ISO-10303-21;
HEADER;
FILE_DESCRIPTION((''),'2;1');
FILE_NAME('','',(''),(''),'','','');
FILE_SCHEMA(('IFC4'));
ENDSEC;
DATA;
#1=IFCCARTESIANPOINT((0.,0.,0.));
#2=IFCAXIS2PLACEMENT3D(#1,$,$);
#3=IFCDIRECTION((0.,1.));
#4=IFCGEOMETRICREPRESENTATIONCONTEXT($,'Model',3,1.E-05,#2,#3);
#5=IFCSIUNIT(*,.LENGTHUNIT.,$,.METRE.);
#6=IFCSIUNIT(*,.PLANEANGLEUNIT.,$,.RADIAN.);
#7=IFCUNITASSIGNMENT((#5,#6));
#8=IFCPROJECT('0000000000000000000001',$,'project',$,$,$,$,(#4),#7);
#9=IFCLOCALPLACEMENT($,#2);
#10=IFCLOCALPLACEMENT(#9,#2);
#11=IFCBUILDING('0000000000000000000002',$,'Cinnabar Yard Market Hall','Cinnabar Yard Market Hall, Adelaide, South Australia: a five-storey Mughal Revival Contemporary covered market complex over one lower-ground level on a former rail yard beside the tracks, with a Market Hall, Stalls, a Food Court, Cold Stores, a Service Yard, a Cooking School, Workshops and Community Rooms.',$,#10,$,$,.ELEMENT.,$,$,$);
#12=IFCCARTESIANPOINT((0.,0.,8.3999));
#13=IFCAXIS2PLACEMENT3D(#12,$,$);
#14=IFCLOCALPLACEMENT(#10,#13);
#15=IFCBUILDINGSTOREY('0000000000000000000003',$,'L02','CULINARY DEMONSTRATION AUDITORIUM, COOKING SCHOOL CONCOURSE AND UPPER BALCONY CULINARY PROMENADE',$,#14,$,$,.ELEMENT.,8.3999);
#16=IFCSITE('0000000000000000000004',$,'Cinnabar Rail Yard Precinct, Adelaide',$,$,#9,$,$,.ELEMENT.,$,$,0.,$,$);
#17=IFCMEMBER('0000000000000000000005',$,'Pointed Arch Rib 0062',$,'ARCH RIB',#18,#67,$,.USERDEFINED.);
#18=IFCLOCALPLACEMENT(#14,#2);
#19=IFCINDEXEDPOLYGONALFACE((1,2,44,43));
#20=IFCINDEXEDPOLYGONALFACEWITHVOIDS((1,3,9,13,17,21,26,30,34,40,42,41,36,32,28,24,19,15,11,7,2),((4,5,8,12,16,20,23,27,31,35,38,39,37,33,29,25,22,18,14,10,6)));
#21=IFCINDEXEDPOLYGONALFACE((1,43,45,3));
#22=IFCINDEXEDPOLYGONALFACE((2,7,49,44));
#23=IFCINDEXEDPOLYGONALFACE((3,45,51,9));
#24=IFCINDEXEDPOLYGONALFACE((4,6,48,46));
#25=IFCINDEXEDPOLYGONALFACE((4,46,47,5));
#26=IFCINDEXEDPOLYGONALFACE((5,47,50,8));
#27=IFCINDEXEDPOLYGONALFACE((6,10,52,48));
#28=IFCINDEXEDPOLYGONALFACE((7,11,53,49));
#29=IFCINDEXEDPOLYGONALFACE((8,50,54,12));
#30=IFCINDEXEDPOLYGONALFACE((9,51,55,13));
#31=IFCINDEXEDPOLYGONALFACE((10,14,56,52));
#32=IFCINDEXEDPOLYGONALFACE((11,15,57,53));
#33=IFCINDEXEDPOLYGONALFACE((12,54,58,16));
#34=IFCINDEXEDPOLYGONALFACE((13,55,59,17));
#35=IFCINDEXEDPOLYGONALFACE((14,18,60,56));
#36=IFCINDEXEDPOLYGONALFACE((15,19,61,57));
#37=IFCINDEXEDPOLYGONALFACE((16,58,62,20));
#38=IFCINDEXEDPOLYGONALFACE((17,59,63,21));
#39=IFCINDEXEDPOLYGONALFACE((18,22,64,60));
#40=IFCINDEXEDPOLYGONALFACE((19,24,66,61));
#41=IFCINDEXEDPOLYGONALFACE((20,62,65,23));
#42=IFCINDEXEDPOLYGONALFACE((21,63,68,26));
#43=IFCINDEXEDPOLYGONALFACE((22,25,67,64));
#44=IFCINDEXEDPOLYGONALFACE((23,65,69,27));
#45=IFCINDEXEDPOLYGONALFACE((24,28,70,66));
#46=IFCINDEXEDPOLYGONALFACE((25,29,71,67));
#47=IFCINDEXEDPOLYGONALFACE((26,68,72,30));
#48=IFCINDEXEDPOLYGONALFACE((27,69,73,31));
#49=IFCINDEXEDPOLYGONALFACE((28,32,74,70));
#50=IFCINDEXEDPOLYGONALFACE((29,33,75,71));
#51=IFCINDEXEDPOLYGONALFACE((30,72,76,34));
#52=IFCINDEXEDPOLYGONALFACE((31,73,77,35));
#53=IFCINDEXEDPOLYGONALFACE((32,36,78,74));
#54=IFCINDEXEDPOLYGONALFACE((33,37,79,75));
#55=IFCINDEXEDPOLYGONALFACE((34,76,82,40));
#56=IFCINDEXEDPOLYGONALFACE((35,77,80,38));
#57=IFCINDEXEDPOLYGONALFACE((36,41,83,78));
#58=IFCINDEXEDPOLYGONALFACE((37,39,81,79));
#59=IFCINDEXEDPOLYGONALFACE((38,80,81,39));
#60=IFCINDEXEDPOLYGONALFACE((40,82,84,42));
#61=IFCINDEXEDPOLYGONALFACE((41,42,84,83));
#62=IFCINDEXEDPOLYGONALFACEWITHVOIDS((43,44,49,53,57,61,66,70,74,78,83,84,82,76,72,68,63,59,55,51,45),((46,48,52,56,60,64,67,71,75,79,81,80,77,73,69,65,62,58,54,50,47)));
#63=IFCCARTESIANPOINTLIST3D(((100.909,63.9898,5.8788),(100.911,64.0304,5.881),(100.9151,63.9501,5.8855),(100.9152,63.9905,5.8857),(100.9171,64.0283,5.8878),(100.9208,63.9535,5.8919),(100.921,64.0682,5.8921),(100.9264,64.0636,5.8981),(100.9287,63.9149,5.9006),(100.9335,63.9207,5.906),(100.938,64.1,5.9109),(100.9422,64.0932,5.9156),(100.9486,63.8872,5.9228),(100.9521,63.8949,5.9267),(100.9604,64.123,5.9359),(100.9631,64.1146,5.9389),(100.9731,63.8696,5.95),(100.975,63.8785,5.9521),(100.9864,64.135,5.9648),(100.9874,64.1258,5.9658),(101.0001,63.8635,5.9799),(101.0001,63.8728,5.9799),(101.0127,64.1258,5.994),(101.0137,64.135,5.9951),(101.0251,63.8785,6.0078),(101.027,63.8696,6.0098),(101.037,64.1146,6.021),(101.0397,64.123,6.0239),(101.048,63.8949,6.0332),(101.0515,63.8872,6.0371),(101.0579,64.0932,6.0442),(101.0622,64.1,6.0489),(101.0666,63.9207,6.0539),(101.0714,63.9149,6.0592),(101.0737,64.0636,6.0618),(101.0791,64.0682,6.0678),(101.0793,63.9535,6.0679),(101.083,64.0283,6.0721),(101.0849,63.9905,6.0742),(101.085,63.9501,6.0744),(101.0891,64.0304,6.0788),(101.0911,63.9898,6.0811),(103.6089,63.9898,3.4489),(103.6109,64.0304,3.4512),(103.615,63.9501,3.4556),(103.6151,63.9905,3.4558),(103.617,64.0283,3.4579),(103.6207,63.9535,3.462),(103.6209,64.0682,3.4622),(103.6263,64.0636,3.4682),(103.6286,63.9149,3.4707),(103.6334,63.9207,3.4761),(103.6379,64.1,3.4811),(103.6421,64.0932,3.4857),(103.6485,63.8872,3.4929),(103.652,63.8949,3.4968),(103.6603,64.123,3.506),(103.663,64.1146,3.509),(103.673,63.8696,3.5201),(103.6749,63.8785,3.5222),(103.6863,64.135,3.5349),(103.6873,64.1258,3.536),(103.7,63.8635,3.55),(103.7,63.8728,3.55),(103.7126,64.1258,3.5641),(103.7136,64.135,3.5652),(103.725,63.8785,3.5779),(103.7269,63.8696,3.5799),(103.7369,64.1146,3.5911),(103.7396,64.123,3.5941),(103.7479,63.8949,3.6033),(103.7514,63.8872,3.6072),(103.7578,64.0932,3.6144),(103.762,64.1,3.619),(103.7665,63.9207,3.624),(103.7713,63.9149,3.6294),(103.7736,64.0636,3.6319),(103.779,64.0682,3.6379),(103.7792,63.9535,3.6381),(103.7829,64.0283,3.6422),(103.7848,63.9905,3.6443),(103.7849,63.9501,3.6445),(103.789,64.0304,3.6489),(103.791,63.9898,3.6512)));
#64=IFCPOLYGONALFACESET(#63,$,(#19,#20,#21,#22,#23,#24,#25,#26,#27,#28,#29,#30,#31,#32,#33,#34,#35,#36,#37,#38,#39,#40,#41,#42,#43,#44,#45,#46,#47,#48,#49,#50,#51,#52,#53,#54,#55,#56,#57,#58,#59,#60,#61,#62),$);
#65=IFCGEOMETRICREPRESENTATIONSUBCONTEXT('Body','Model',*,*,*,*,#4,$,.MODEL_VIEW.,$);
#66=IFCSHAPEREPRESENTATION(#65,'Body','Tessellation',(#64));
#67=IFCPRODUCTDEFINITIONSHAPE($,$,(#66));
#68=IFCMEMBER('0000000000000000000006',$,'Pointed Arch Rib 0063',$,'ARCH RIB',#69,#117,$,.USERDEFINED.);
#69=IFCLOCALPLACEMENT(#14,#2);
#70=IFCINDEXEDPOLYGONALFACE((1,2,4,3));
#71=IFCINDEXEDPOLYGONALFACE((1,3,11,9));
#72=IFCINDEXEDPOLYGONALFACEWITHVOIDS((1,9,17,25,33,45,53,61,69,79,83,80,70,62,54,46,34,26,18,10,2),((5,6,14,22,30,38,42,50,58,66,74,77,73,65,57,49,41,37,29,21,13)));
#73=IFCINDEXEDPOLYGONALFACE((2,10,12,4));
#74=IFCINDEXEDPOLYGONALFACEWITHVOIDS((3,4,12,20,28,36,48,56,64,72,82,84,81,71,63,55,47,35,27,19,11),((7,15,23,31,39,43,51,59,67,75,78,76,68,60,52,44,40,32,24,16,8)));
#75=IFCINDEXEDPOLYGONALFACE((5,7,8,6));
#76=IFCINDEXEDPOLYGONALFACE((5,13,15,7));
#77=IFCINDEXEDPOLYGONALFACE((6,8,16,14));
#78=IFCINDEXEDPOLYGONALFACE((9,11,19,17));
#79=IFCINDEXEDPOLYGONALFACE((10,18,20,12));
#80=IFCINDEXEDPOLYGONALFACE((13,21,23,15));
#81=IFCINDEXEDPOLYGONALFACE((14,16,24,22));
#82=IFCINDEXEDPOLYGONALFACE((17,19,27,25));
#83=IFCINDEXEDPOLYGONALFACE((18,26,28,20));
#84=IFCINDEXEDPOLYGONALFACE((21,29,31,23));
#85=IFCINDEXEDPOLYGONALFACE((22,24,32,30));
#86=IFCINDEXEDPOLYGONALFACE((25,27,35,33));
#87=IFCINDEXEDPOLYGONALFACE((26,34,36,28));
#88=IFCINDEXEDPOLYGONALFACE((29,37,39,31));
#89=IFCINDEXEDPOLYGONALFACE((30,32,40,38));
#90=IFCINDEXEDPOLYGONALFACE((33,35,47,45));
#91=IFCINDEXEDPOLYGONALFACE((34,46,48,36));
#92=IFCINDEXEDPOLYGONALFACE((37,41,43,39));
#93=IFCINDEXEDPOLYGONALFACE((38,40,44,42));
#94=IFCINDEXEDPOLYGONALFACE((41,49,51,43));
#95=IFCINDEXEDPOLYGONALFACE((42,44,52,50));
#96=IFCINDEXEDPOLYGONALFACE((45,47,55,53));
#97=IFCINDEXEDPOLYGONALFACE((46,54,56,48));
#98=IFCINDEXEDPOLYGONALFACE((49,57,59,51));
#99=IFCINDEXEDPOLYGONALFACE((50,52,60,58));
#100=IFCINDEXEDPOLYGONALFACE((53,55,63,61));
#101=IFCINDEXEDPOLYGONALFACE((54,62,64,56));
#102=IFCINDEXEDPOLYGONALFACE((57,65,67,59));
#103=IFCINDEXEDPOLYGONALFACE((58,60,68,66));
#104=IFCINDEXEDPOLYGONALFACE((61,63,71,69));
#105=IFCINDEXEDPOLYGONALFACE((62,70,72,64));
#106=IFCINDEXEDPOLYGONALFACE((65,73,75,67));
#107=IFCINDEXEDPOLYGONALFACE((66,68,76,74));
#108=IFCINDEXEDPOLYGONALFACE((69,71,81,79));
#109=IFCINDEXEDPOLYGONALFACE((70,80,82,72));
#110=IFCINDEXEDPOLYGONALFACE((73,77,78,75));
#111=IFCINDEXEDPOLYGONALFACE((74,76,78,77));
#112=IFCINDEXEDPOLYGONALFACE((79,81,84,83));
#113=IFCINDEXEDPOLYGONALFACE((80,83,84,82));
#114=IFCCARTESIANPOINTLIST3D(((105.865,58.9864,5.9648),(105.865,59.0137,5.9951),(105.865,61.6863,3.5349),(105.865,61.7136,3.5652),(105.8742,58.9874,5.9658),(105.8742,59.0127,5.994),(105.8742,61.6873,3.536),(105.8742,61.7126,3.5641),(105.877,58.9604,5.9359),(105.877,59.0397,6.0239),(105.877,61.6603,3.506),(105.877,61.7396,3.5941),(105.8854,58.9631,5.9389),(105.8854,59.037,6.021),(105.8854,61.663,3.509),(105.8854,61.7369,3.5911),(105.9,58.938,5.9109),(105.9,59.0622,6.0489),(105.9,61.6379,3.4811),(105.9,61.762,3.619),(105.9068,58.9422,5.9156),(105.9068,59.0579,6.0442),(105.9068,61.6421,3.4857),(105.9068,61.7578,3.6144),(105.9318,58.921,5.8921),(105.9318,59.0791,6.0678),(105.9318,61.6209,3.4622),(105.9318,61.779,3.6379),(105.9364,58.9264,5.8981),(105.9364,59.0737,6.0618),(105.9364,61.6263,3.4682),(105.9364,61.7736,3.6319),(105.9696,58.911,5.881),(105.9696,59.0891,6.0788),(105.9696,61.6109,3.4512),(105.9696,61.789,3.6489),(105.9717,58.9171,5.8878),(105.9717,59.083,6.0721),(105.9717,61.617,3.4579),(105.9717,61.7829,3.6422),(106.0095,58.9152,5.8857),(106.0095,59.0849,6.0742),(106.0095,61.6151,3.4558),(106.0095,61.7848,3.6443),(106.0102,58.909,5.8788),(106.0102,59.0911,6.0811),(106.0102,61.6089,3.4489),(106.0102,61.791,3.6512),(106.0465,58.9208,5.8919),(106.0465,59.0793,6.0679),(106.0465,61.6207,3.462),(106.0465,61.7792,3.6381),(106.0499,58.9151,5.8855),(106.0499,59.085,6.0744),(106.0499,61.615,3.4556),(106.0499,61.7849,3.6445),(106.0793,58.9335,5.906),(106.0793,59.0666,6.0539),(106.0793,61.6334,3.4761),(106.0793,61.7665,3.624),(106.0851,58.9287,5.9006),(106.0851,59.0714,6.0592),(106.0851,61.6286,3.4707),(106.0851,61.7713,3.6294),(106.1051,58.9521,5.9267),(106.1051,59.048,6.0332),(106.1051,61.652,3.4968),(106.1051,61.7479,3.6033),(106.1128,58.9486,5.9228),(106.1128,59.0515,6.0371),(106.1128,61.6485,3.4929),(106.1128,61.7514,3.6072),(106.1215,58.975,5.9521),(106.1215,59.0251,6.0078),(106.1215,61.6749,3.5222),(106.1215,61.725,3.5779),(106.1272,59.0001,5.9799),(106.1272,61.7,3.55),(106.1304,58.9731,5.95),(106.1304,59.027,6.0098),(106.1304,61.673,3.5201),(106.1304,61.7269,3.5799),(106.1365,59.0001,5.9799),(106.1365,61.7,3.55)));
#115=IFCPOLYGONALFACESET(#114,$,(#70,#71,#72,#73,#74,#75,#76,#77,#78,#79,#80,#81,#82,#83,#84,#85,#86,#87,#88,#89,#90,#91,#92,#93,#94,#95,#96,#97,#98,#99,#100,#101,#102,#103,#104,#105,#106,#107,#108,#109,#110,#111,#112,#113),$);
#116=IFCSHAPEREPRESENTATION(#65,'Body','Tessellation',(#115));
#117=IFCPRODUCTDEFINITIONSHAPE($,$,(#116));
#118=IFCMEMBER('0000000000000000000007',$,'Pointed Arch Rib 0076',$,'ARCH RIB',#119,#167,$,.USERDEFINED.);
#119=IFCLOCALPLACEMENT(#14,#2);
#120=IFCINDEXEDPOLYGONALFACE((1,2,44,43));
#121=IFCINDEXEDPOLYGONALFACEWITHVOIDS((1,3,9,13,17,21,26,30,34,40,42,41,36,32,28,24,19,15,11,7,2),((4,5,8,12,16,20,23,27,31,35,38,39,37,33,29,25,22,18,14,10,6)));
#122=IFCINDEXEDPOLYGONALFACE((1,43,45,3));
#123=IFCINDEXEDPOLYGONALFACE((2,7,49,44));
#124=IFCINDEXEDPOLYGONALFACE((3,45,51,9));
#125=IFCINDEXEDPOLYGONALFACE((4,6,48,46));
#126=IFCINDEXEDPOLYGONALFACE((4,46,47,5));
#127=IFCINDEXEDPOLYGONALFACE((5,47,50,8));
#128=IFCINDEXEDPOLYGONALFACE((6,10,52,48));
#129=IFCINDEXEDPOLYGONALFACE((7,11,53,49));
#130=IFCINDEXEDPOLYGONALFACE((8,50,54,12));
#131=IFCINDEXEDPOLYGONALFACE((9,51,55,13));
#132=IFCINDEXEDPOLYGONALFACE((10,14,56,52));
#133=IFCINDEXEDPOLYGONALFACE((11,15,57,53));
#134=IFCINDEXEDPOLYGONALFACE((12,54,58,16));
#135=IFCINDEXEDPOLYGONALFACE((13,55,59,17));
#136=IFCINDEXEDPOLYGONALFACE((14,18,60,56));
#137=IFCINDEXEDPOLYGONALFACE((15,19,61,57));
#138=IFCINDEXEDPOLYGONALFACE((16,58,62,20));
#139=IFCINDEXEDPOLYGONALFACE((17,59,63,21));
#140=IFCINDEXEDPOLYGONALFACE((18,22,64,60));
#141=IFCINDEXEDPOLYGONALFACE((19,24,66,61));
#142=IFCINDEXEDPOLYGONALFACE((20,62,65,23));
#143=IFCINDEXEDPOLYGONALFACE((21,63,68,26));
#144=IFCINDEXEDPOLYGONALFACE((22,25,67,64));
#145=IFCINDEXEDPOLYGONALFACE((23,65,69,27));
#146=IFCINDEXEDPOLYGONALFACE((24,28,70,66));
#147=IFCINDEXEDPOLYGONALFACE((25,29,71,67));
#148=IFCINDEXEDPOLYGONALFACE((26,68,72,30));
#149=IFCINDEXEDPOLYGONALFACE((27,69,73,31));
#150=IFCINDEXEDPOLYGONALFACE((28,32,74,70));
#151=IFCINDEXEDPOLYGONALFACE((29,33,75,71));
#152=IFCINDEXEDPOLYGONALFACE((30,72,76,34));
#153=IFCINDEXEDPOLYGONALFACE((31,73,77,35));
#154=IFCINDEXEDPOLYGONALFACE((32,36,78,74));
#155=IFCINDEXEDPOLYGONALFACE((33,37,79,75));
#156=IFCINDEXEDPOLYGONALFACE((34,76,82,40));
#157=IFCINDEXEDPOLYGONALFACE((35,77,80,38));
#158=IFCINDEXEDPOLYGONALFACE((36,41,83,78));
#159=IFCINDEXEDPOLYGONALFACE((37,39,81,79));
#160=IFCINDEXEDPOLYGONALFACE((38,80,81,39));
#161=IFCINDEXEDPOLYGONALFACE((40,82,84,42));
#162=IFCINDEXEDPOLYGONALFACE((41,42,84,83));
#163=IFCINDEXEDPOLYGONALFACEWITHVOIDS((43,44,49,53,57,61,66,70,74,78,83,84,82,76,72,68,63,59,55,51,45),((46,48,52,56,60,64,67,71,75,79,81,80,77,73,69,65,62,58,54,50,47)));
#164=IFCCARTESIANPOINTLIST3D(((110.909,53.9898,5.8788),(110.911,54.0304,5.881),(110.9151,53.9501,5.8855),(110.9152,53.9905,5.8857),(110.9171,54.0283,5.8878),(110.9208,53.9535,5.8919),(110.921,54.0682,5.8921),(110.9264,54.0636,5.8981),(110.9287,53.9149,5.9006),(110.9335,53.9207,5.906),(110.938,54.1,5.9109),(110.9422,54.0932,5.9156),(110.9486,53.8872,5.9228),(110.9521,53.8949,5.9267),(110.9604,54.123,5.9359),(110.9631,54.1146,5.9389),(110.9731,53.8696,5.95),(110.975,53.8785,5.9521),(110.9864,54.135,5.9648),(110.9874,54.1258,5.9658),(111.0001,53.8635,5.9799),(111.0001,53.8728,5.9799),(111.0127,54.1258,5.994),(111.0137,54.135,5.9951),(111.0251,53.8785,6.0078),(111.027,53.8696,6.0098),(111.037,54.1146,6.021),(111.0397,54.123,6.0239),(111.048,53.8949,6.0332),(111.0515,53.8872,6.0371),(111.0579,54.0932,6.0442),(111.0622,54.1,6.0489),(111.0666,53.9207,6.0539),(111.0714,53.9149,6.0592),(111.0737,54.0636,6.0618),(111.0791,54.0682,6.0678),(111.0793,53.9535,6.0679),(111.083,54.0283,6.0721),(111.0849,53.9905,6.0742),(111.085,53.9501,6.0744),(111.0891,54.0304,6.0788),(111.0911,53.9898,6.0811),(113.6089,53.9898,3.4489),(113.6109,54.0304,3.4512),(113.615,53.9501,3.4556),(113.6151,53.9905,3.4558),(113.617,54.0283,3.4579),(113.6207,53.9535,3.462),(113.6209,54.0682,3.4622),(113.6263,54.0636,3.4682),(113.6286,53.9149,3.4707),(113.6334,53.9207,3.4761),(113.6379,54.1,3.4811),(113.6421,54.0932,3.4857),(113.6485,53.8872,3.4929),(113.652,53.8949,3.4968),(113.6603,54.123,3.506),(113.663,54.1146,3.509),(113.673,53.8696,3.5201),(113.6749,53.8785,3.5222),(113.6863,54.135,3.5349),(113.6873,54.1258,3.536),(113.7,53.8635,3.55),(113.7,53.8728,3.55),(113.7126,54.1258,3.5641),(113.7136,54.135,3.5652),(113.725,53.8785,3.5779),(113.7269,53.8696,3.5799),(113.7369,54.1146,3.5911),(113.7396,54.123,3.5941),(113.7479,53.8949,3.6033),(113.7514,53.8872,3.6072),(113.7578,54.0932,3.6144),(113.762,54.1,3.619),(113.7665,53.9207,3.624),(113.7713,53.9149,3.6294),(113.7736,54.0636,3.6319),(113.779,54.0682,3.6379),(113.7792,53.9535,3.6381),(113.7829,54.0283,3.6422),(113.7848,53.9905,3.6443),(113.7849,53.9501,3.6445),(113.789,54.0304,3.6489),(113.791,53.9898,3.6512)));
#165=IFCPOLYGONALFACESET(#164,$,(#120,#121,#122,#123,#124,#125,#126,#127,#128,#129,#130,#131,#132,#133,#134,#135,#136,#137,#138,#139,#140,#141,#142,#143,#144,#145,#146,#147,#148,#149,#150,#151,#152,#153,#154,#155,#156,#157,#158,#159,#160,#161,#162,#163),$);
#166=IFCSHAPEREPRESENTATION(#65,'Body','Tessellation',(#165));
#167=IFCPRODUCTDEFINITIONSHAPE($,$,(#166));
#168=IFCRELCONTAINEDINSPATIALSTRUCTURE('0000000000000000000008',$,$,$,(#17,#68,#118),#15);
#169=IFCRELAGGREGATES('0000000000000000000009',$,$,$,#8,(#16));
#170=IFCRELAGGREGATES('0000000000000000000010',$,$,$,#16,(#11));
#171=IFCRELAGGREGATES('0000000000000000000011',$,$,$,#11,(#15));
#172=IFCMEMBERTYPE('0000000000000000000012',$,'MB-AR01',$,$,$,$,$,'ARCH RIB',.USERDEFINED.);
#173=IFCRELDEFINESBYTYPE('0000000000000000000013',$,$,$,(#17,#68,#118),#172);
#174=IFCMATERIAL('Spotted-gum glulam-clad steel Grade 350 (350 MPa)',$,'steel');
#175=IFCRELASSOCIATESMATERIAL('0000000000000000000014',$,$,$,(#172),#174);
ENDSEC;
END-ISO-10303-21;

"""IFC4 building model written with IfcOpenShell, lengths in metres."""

from ifc_helpers import new_model, si_unit, direction, frame, origin, origin_2d_with_axis, place, context, subcontext, project, spatial, hollow_circle, extrude, material, material_profile, profile_set, type_object, element, save


model = new_model("IFC4")

# Units and contexts
model_context = context("Model", 3, precision=1e-05, world=origin(), true_north=direction((0.0, 1.0)))
body_context = subcontext(model_context, "Body", "Model", "MODEL_VIEW")
ifc_project = project(units=[si_unit("LENGTHUNIT", "METRE"), si_unit("PLANEANGLEUNIT", "RADIAN")], contexts=[model_context])

# Site, building, storey
site_placement = place(None, origin())
site = spatial("IfcSite", under=ifc_project, at=site_placement, Name="Cinnabar Rail Yard Precinct, Adelaide", CompositionType="ELEMENT", RefElevation=0.0)
building_placement = place(site_placement, origin())
building = spatial("IfcBuilding", under=site, at=building_placement, Name="Cinnabar Yard Market Hall", Description="Cinnabar Yard Market Hall, Adelaide, South Australia: a five-storey Mughal Revival Contemporary covered market complex over one lower-ground level on a former rail yard beside the tracks, with a Market Hall, Stalls, a Food Court, Cold Stores, a Service Yard, a Cooking School, Workshops and Community Rooms.", CompositionType="ELEMENT")
storey_placement = place(building_placement, frame((0.0, 0.0, 8.3999)))
storey = spatial("IfcBuildingStorey", under=building, at=storey_placement, Name="L02", Description="CULINARY DEMONSTRATION AUDITORIUM, COOKING SCHOOL CONCOURSE AND UPPER BALCONY CULINARY PROMENADE", CompositionType="ELEMENT", Elevation=8.3999)

# Shared definitions
ifc_material_1 = material(Name="Spotted-gum glulam-clad steel Grade 350 (350 MPa)", Category="steel")

# Members
ifc_material_profile_1 = material_profile(ifc_material_1, hollow_circle(Radius=0.1365, WallThickness=0.0093, at=origin_2d_with_axis()), Name="273.1x9.3CHS")
ifc_profile_set_1 = profile_set([ifc_material_profile_1], Name="Spotted-gum glulam-clad steel Grade 350 (350 MPa)")
member_type_1 = type_object("IfcMemberType", Name="MB-AR01", ElementType="ARCH RIB", PredefinedType="USERDEFINED", material=ifc_profile_set_1)
for number, where, z_axis, x_axis, name in (
    (1, (103.7, 64.0, 3.55), (-0.743297, 0.0, 0.668961), (0.0, -1.0, 0.0), "Pointed Arch Rib 0062"),
    (2, (106.0, 61.7, 3.55), (0.0, -0.743297, 0.668961), (1.0, 0.0, 0.0), "Pointed Arch Rib 0063"),
    (3, (113.7, 54.0, 3.55), (-0.743297, 0.0, 0.668961), (0.0, -1.0, 0.0), "Pointed Arch Rib 0076"),
):
    element("IfcMember", number, at=place(storey_placement, frame(where, z_axis=z_axis, x_axis=x_axis)), inside=storey, type_object=member_type_1, Name=name, ObjectType="ARCH RIB", PredefinedType="USERDEFINED", context=body_context, shape_type="SweptSolid", body=[
        extrude(hollow_circle(Radius=0.1365, WallThickness=0.0093, at=origin_2d_with_axis()), origin(), (0.0, 0.0, 1.0), 3.6323),
    ])

save(model, "model.ifc")
